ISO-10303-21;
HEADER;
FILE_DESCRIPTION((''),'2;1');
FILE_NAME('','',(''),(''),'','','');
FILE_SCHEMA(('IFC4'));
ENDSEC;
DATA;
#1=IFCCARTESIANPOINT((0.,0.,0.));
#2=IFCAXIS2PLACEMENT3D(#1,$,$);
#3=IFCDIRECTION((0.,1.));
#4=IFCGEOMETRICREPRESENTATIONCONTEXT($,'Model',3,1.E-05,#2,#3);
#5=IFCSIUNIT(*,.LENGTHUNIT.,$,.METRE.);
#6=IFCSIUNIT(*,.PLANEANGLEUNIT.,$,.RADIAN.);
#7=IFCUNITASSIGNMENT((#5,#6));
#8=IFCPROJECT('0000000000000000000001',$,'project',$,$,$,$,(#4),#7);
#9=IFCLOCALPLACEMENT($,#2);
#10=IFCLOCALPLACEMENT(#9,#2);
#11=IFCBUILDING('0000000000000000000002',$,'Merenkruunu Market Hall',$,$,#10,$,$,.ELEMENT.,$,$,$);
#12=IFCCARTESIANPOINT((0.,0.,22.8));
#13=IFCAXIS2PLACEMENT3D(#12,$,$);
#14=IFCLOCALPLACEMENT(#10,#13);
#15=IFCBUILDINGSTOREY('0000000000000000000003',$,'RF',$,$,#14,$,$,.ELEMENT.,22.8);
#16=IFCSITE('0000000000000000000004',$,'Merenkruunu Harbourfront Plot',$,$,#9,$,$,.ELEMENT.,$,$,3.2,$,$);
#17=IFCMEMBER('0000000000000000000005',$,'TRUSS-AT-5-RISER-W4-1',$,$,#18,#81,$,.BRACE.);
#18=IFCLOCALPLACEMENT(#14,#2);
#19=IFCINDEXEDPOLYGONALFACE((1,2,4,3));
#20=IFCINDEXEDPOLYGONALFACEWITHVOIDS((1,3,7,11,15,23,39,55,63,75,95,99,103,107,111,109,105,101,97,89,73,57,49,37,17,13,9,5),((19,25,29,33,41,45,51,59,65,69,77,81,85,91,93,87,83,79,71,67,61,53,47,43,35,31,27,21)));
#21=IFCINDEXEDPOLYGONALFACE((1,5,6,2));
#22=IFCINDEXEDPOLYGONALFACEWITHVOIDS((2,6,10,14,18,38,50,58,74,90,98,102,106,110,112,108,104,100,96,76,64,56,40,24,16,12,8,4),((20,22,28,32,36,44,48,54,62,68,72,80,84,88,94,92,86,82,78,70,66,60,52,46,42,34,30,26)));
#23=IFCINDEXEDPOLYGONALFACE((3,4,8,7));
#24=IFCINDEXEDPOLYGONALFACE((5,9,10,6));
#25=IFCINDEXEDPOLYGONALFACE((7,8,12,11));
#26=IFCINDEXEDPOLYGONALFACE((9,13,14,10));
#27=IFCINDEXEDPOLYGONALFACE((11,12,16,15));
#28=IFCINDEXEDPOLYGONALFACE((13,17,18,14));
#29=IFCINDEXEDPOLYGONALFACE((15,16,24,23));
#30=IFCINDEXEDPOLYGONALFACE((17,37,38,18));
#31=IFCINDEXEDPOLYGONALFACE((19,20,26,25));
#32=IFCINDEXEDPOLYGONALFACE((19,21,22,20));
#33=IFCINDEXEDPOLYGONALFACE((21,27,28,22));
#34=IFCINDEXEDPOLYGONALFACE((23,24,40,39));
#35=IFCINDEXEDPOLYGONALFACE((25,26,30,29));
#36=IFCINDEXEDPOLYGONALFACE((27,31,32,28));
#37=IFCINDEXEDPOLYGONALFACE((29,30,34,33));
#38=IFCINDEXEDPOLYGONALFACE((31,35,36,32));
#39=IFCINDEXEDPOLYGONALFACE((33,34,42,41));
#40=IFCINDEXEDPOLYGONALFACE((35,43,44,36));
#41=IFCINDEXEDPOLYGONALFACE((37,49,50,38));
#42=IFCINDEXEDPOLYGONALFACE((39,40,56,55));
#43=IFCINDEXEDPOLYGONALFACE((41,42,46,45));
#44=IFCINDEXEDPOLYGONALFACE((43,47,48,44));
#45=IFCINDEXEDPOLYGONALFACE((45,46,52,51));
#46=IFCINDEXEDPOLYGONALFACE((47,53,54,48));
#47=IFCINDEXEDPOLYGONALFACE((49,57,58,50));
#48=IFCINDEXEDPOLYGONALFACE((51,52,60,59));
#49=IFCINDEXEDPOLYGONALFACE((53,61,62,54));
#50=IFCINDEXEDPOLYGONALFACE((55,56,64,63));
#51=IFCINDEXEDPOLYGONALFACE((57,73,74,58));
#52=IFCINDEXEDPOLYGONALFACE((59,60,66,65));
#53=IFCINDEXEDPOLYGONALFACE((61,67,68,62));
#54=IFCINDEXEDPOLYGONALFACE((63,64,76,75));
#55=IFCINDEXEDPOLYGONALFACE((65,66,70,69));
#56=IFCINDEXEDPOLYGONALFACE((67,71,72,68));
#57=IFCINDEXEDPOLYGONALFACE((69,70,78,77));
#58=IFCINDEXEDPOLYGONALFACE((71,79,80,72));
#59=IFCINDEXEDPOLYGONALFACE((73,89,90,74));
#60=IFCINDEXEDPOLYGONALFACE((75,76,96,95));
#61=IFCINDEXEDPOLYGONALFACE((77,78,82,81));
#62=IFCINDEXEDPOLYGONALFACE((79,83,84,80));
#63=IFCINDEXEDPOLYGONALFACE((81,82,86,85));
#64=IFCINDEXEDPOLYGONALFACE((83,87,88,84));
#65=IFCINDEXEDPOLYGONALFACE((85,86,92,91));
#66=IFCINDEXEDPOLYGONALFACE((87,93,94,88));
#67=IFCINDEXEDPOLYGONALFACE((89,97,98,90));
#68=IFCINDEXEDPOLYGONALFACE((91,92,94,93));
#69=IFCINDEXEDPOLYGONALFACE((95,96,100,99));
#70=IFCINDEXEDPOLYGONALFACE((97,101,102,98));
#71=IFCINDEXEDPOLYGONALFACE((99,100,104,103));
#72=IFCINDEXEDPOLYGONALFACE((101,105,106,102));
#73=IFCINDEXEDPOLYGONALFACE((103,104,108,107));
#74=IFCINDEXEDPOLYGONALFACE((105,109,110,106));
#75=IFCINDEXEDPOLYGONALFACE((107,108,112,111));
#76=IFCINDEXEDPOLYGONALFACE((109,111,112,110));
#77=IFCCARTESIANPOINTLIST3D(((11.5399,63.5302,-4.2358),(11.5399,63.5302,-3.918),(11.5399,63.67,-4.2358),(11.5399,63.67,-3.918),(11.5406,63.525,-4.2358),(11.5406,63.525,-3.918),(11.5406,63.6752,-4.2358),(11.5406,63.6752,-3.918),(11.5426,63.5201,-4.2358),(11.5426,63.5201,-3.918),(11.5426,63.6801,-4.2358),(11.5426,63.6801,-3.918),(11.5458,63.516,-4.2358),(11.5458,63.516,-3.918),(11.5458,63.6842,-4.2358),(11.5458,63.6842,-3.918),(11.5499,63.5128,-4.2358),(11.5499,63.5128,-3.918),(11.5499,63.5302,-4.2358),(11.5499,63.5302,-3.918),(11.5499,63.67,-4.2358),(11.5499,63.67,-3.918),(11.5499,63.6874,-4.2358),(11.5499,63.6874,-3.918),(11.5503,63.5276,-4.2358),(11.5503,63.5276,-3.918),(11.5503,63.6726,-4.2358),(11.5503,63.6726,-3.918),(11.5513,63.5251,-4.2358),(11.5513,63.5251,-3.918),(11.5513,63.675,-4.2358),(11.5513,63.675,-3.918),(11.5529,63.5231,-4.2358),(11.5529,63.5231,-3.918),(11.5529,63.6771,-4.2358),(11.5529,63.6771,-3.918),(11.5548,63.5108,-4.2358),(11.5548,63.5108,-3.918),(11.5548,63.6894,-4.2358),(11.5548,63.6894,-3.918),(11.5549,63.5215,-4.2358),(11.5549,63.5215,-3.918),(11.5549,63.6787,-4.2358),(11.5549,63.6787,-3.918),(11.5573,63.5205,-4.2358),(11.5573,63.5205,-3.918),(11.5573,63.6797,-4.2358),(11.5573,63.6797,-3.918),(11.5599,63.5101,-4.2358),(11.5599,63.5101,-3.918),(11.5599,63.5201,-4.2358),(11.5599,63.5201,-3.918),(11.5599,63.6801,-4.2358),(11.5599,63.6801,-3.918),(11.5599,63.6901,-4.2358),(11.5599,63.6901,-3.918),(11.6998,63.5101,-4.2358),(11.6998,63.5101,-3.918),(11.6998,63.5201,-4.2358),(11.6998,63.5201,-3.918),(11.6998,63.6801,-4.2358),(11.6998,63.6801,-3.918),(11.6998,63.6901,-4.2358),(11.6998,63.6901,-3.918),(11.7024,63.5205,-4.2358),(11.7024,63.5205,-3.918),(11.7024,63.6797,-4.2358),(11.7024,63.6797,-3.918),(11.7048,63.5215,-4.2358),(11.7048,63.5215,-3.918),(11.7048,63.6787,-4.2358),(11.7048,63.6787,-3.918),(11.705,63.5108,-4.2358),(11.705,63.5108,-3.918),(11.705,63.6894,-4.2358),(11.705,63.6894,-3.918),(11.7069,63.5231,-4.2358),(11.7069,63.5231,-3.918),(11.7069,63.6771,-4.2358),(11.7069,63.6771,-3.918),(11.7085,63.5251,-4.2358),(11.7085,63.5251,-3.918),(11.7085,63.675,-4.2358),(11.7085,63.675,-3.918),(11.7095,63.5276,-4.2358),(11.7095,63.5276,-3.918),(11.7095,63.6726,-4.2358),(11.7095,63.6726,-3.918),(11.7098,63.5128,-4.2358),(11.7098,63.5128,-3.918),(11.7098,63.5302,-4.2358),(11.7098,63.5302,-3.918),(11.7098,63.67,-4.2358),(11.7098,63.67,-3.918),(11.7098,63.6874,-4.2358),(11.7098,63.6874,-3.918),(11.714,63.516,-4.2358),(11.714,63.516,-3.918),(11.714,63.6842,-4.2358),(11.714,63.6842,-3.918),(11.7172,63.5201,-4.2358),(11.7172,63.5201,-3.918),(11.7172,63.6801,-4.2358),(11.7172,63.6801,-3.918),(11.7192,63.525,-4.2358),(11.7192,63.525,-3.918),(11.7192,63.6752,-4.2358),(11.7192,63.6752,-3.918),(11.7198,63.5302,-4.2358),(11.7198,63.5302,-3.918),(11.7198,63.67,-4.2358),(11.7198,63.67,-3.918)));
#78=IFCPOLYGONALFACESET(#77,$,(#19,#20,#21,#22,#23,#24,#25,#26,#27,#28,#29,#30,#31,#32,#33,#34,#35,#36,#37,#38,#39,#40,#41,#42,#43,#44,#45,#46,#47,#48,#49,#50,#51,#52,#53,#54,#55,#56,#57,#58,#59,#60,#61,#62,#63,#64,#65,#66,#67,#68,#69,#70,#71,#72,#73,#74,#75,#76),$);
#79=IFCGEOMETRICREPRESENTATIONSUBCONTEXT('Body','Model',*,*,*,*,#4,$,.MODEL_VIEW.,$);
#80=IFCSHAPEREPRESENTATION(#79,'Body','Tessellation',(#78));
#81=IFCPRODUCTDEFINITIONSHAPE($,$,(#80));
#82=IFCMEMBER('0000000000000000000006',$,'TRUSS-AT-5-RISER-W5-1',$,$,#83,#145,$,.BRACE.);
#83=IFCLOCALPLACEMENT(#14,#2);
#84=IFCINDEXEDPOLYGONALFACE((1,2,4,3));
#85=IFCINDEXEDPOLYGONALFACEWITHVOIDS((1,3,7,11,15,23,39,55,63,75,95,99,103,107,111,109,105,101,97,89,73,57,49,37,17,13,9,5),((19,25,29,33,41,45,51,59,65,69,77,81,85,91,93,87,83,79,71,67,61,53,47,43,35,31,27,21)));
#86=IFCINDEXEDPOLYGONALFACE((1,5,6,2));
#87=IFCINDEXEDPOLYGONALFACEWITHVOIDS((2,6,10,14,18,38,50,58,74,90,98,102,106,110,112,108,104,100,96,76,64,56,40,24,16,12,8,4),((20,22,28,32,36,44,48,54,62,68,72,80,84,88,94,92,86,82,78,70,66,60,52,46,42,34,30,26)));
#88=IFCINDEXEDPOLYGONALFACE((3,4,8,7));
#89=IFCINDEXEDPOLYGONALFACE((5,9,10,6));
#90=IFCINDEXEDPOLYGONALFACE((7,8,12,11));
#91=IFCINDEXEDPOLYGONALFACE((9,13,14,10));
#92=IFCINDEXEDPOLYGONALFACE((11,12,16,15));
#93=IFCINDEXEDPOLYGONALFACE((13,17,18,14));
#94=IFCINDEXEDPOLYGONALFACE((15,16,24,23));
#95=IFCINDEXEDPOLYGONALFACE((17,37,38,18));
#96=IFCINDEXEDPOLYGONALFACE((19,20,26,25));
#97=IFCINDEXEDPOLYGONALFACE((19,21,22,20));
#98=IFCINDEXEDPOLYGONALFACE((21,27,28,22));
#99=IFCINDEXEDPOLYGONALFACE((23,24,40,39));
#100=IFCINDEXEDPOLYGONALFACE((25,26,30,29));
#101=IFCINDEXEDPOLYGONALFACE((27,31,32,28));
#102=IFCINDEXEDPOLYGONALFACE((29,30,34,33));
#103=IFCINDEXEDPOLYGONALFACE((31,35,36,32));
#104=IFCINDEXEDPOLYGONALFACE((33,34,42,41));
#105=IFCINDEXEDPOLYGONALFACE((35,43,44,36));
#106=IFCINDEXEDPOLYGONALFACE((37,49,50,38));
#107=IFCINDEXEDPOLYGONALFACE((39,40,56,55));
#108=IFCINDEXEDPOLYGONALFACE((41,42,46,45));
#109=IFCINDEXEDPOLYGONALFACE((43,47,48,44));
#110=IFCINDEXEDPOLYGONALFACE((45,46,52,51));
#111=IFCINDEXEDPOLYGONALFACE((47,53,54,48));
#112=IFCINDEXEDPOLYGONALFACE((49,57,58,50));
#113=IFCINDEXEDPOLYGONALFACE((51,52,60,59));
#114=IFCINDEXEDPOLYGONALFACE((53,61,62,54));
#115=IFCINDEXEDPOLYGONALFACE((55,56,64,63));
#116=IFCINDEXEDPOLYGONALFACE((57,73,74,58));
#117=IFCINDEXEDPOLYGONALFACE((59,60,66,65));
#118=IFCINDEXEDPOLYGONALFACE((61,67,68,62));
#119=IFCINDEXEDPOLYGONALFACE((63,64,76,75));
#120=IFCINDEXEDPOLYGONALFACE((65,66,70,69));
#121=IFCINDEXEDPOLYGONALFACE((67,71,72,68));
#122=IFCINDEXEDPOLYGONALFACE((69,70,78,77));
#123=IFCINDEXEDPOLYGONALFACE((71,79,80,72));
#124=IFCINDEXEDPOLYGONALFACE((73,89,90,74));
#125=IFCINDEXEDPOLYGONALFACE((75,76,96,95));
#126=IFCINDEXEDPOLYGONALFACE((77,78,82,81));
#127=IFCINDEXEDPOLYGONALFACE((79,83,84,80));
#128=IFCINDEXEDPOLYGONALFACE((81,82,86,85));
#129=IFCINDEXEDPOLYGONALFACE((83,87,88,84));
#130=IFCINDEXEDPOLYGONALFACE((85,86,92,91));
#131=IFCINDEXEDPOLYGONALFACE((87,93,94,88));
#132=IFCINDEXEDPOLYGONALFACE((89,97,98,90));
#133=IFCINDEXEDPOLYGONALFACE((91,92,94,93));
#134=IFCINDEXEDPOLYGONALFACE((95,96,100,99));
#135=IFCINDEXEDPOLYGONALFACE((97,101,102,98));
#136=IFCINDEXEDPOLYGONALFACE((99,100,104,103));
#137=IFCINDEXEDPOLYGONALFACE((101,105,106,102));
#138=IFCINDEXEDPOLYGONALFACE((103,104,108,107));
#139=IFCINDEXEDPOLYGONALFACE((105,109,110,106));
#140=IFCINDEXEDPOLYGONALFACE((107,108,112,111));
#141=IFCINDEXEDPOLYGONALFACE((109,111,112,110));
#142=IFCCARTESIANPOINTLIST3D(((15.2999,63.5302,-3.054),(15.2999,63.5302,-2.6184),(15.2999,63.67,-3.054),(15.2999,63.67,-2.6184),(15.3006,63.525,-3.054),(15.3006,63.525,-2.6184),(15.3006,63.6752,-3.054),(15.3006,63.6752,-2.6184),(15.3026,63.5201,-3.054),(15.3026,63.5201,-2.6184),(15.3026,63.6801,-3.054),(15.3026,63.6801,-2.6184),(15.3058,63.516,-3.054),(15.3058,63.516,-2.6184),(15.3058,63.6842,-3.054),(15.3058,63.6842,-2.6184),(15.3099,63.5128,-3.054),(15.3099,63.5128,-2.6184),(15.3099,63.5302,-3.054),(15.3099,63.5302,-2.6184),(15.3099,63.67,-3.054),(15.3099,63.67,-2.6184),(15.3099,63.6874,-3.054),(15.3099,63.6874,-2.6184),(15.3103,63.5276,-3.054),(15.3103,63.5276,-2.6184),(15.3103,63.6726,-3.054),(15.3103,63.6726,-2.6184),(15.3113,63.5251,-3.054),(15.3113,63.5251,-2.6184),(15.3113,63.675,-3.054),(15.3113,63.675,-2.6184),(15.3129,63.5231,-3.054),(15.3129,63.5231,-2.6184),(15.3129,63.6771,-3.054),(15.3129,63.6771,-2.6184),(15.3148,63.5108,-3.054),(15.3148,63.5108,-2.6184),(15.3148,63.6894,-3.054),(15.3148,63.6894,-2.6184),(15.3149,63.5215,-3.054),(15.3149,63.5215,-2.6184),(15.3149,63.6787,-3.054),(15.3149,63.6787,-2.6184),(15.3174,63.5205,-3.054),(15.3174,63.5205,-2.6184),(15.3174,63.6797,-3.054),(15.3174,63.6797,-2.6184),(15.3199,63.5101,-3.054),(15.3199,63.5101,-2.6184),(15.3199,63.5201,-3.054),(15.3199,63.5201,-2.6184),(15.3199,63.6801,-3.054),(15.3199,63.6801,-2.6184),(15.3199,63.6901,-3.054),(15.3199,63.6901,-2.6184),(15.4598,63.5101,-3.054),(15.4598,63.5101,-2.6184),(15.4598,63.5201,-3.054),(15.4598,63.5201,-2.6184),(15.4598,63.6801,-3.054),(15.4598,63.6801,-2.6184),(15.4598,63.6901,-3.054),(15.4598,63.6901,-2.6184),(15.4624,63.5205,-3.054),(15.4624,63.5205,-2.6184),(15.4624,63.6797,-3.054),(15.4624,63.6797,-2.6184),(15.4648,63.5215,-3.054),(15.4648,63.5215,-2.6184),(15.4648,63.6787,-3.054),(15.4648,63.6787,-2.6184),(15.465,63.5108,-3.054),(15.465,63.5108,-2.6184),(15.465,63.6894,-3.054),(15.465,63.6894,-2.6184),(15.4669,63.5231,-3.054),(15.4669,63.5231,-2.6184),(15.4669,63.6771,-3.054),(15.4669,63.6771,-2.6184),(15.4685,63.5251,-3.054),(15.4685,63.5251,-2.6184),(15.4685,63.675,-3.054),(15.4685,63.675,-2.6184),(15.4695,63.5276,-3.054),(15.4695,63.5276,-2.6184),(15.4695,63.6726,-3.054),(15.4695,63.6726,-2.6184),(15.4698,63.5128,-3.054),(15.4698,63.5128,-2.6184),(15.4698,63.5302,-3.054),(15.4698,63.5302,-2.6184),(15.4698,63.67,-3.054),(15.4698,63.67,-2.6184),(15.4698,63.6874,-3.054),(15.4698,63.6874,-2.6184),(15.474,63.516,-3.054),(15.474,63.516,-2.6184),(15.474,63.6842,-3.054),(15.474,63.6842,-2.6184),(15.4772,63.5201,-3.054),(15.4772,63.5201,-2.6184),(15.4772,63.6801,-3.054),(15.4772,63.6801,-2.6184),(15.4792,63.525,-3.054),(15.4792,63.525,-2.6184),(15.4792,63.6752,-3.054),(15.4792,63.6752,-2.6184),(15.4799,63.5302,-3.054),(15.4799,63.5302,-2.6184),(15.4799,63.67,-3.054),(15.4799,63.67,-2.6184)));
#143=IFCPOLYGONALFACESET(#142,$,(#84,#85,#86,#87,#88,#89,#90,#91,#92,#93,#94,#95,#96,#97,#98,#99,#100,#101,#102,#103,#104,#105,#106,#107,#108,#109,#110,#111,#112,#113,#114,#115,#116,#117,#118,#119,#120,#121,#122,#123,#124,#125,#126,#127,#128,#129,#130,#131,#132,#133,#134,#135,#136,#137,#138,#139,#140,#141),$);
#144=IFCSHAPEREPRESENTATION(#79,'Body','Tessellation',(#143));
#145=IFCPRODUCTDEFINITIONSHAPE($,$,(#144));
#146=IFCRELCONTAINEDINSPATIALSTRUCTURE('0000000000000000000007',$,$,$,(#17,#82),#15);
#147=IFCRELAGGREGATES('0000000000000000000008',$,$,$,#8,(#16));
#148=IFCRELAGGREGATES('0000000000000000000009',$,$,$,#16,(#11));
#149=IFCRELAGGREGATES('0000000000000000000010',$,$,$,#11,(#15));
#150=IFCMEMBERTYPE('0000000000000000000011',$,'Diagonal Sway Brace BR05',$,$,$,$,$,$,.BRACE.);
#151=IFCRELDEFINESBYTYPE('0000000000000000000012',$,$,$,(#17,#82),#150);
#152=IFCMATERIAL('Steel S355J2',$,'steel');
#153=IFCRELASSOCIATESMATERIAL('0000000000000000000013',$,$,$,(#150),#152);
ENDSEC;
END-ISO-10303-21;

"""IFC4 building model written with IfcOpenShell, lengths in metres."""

from ifc_helpers import new_model, si_unit, direction, frame, origin, origin_2d, place, context, subcontext, project, spatial, hollow_rectangle, extrude, material, material_profile, profile_set, type_object, element, save


model = new_model("IFC4")

# Units and contexts
model_context = context("Model", 3, precision=1e-05, world=origin(), true_north=direction((0.0, 1.0)))
body_context = subcontext(model_context, "Body", "Model", "MODEL_VIEW")
ifc_project = project(units=[si_unit("LENGTHUNIT", "METRE"), si_unit("PLANEANGLEUNIT", "RADIAN")], contexts=[model_context])

# Site, building, storey
site_placement = place(None, origin())
site = spatial("IfcSite", under=ifc_project, at=site_placement, Name="Merenkruunu Harbourfront Plot", CompositionType="ELEMENT", RefElevation=3.2)
building_placement = place(site_placement, origin())
building = spatial("IfcBuilding", under=site, at=building_placement, Name="Merenkruunu Market Hall", CompositionType="ELEMENT")
storey_placement = place(building_placement, frame((0.0, 0.0, 22.8)))
storey = spatial("IfcBuildingStorey", under=building, at=storey_placement, Name="RF", CompositionType="ELEMENT", Elevation=22.8)

# Members
ifc_material_1 = material(Name="Steel S355J2", Category="steel")
ifc_material_profile_1 = material_profile(ifc_material_1, hollow_rectangle(XDim=0.1799, YDim=0.1799, WallThickness=0.01, InnerFilletRadius=0.01, OuterFilletRadius=0.02, at=origin_2d()), Name="SHS 180x180x10")
ifc_profile_set_1 = profile_set([ifc_material_profile_1], Name="Steel S355J2")
member_type_1 = type_object("IfcMemberType", Name="Diagonal Sway Brace BR05", PredefinedType="BRACE", material=ifc_profile_set_1)
member_1_placement = place(storey_placement, frame((11.6299, 63.6001, -4.2358), z_axis=(0.0, 0.0, 1.0), x_axis=(1.0, 0.0, 0.0)))
element("IfcMember", 1, at=member_1_placement, inside=storey, type_object=member_type_1, Name="TRUSS-AT-5-RISER-W4-1", PredefinedType="BRACE", context=body_context, shape_type="SweptSolid", body=[
    extrude(hollow_rectangle(XDim=0.1799, YDim=0.1799, WallThickness=0.01, InnerFilletRadius=0.01, OuterFilletRadius=0.02, at=origin_2d()), origin(), (0.0, 0.0, 1.0), 0.3179),
])
member_2_placement = place(storey_placement, frame((15.3899, 63.6001, -3.054), z_axis=(0.0, 0.0, 1.0), x_axis=(1.0, 0.0, 0.0)))
element("IfcMember", 2, at=member_2_placement, inside=storey, type_object=member_type_1, Name="TRUSS-AT-5-RISER-W5-1", PredefinedType="BRACE", context=body_context, shape_type="SweptSolid", body=[
    extrude(hollow_rectangle(XDim=0.1799, YDim=0.1799, WallThickness=0.01, InnerFilletRadius=0.01, OuterFilletRadius=0.02, at=origin_2d()), origin(), (0.0, 0.0, 1.0), 0.4355),
])

save(model, "model.ifc")
